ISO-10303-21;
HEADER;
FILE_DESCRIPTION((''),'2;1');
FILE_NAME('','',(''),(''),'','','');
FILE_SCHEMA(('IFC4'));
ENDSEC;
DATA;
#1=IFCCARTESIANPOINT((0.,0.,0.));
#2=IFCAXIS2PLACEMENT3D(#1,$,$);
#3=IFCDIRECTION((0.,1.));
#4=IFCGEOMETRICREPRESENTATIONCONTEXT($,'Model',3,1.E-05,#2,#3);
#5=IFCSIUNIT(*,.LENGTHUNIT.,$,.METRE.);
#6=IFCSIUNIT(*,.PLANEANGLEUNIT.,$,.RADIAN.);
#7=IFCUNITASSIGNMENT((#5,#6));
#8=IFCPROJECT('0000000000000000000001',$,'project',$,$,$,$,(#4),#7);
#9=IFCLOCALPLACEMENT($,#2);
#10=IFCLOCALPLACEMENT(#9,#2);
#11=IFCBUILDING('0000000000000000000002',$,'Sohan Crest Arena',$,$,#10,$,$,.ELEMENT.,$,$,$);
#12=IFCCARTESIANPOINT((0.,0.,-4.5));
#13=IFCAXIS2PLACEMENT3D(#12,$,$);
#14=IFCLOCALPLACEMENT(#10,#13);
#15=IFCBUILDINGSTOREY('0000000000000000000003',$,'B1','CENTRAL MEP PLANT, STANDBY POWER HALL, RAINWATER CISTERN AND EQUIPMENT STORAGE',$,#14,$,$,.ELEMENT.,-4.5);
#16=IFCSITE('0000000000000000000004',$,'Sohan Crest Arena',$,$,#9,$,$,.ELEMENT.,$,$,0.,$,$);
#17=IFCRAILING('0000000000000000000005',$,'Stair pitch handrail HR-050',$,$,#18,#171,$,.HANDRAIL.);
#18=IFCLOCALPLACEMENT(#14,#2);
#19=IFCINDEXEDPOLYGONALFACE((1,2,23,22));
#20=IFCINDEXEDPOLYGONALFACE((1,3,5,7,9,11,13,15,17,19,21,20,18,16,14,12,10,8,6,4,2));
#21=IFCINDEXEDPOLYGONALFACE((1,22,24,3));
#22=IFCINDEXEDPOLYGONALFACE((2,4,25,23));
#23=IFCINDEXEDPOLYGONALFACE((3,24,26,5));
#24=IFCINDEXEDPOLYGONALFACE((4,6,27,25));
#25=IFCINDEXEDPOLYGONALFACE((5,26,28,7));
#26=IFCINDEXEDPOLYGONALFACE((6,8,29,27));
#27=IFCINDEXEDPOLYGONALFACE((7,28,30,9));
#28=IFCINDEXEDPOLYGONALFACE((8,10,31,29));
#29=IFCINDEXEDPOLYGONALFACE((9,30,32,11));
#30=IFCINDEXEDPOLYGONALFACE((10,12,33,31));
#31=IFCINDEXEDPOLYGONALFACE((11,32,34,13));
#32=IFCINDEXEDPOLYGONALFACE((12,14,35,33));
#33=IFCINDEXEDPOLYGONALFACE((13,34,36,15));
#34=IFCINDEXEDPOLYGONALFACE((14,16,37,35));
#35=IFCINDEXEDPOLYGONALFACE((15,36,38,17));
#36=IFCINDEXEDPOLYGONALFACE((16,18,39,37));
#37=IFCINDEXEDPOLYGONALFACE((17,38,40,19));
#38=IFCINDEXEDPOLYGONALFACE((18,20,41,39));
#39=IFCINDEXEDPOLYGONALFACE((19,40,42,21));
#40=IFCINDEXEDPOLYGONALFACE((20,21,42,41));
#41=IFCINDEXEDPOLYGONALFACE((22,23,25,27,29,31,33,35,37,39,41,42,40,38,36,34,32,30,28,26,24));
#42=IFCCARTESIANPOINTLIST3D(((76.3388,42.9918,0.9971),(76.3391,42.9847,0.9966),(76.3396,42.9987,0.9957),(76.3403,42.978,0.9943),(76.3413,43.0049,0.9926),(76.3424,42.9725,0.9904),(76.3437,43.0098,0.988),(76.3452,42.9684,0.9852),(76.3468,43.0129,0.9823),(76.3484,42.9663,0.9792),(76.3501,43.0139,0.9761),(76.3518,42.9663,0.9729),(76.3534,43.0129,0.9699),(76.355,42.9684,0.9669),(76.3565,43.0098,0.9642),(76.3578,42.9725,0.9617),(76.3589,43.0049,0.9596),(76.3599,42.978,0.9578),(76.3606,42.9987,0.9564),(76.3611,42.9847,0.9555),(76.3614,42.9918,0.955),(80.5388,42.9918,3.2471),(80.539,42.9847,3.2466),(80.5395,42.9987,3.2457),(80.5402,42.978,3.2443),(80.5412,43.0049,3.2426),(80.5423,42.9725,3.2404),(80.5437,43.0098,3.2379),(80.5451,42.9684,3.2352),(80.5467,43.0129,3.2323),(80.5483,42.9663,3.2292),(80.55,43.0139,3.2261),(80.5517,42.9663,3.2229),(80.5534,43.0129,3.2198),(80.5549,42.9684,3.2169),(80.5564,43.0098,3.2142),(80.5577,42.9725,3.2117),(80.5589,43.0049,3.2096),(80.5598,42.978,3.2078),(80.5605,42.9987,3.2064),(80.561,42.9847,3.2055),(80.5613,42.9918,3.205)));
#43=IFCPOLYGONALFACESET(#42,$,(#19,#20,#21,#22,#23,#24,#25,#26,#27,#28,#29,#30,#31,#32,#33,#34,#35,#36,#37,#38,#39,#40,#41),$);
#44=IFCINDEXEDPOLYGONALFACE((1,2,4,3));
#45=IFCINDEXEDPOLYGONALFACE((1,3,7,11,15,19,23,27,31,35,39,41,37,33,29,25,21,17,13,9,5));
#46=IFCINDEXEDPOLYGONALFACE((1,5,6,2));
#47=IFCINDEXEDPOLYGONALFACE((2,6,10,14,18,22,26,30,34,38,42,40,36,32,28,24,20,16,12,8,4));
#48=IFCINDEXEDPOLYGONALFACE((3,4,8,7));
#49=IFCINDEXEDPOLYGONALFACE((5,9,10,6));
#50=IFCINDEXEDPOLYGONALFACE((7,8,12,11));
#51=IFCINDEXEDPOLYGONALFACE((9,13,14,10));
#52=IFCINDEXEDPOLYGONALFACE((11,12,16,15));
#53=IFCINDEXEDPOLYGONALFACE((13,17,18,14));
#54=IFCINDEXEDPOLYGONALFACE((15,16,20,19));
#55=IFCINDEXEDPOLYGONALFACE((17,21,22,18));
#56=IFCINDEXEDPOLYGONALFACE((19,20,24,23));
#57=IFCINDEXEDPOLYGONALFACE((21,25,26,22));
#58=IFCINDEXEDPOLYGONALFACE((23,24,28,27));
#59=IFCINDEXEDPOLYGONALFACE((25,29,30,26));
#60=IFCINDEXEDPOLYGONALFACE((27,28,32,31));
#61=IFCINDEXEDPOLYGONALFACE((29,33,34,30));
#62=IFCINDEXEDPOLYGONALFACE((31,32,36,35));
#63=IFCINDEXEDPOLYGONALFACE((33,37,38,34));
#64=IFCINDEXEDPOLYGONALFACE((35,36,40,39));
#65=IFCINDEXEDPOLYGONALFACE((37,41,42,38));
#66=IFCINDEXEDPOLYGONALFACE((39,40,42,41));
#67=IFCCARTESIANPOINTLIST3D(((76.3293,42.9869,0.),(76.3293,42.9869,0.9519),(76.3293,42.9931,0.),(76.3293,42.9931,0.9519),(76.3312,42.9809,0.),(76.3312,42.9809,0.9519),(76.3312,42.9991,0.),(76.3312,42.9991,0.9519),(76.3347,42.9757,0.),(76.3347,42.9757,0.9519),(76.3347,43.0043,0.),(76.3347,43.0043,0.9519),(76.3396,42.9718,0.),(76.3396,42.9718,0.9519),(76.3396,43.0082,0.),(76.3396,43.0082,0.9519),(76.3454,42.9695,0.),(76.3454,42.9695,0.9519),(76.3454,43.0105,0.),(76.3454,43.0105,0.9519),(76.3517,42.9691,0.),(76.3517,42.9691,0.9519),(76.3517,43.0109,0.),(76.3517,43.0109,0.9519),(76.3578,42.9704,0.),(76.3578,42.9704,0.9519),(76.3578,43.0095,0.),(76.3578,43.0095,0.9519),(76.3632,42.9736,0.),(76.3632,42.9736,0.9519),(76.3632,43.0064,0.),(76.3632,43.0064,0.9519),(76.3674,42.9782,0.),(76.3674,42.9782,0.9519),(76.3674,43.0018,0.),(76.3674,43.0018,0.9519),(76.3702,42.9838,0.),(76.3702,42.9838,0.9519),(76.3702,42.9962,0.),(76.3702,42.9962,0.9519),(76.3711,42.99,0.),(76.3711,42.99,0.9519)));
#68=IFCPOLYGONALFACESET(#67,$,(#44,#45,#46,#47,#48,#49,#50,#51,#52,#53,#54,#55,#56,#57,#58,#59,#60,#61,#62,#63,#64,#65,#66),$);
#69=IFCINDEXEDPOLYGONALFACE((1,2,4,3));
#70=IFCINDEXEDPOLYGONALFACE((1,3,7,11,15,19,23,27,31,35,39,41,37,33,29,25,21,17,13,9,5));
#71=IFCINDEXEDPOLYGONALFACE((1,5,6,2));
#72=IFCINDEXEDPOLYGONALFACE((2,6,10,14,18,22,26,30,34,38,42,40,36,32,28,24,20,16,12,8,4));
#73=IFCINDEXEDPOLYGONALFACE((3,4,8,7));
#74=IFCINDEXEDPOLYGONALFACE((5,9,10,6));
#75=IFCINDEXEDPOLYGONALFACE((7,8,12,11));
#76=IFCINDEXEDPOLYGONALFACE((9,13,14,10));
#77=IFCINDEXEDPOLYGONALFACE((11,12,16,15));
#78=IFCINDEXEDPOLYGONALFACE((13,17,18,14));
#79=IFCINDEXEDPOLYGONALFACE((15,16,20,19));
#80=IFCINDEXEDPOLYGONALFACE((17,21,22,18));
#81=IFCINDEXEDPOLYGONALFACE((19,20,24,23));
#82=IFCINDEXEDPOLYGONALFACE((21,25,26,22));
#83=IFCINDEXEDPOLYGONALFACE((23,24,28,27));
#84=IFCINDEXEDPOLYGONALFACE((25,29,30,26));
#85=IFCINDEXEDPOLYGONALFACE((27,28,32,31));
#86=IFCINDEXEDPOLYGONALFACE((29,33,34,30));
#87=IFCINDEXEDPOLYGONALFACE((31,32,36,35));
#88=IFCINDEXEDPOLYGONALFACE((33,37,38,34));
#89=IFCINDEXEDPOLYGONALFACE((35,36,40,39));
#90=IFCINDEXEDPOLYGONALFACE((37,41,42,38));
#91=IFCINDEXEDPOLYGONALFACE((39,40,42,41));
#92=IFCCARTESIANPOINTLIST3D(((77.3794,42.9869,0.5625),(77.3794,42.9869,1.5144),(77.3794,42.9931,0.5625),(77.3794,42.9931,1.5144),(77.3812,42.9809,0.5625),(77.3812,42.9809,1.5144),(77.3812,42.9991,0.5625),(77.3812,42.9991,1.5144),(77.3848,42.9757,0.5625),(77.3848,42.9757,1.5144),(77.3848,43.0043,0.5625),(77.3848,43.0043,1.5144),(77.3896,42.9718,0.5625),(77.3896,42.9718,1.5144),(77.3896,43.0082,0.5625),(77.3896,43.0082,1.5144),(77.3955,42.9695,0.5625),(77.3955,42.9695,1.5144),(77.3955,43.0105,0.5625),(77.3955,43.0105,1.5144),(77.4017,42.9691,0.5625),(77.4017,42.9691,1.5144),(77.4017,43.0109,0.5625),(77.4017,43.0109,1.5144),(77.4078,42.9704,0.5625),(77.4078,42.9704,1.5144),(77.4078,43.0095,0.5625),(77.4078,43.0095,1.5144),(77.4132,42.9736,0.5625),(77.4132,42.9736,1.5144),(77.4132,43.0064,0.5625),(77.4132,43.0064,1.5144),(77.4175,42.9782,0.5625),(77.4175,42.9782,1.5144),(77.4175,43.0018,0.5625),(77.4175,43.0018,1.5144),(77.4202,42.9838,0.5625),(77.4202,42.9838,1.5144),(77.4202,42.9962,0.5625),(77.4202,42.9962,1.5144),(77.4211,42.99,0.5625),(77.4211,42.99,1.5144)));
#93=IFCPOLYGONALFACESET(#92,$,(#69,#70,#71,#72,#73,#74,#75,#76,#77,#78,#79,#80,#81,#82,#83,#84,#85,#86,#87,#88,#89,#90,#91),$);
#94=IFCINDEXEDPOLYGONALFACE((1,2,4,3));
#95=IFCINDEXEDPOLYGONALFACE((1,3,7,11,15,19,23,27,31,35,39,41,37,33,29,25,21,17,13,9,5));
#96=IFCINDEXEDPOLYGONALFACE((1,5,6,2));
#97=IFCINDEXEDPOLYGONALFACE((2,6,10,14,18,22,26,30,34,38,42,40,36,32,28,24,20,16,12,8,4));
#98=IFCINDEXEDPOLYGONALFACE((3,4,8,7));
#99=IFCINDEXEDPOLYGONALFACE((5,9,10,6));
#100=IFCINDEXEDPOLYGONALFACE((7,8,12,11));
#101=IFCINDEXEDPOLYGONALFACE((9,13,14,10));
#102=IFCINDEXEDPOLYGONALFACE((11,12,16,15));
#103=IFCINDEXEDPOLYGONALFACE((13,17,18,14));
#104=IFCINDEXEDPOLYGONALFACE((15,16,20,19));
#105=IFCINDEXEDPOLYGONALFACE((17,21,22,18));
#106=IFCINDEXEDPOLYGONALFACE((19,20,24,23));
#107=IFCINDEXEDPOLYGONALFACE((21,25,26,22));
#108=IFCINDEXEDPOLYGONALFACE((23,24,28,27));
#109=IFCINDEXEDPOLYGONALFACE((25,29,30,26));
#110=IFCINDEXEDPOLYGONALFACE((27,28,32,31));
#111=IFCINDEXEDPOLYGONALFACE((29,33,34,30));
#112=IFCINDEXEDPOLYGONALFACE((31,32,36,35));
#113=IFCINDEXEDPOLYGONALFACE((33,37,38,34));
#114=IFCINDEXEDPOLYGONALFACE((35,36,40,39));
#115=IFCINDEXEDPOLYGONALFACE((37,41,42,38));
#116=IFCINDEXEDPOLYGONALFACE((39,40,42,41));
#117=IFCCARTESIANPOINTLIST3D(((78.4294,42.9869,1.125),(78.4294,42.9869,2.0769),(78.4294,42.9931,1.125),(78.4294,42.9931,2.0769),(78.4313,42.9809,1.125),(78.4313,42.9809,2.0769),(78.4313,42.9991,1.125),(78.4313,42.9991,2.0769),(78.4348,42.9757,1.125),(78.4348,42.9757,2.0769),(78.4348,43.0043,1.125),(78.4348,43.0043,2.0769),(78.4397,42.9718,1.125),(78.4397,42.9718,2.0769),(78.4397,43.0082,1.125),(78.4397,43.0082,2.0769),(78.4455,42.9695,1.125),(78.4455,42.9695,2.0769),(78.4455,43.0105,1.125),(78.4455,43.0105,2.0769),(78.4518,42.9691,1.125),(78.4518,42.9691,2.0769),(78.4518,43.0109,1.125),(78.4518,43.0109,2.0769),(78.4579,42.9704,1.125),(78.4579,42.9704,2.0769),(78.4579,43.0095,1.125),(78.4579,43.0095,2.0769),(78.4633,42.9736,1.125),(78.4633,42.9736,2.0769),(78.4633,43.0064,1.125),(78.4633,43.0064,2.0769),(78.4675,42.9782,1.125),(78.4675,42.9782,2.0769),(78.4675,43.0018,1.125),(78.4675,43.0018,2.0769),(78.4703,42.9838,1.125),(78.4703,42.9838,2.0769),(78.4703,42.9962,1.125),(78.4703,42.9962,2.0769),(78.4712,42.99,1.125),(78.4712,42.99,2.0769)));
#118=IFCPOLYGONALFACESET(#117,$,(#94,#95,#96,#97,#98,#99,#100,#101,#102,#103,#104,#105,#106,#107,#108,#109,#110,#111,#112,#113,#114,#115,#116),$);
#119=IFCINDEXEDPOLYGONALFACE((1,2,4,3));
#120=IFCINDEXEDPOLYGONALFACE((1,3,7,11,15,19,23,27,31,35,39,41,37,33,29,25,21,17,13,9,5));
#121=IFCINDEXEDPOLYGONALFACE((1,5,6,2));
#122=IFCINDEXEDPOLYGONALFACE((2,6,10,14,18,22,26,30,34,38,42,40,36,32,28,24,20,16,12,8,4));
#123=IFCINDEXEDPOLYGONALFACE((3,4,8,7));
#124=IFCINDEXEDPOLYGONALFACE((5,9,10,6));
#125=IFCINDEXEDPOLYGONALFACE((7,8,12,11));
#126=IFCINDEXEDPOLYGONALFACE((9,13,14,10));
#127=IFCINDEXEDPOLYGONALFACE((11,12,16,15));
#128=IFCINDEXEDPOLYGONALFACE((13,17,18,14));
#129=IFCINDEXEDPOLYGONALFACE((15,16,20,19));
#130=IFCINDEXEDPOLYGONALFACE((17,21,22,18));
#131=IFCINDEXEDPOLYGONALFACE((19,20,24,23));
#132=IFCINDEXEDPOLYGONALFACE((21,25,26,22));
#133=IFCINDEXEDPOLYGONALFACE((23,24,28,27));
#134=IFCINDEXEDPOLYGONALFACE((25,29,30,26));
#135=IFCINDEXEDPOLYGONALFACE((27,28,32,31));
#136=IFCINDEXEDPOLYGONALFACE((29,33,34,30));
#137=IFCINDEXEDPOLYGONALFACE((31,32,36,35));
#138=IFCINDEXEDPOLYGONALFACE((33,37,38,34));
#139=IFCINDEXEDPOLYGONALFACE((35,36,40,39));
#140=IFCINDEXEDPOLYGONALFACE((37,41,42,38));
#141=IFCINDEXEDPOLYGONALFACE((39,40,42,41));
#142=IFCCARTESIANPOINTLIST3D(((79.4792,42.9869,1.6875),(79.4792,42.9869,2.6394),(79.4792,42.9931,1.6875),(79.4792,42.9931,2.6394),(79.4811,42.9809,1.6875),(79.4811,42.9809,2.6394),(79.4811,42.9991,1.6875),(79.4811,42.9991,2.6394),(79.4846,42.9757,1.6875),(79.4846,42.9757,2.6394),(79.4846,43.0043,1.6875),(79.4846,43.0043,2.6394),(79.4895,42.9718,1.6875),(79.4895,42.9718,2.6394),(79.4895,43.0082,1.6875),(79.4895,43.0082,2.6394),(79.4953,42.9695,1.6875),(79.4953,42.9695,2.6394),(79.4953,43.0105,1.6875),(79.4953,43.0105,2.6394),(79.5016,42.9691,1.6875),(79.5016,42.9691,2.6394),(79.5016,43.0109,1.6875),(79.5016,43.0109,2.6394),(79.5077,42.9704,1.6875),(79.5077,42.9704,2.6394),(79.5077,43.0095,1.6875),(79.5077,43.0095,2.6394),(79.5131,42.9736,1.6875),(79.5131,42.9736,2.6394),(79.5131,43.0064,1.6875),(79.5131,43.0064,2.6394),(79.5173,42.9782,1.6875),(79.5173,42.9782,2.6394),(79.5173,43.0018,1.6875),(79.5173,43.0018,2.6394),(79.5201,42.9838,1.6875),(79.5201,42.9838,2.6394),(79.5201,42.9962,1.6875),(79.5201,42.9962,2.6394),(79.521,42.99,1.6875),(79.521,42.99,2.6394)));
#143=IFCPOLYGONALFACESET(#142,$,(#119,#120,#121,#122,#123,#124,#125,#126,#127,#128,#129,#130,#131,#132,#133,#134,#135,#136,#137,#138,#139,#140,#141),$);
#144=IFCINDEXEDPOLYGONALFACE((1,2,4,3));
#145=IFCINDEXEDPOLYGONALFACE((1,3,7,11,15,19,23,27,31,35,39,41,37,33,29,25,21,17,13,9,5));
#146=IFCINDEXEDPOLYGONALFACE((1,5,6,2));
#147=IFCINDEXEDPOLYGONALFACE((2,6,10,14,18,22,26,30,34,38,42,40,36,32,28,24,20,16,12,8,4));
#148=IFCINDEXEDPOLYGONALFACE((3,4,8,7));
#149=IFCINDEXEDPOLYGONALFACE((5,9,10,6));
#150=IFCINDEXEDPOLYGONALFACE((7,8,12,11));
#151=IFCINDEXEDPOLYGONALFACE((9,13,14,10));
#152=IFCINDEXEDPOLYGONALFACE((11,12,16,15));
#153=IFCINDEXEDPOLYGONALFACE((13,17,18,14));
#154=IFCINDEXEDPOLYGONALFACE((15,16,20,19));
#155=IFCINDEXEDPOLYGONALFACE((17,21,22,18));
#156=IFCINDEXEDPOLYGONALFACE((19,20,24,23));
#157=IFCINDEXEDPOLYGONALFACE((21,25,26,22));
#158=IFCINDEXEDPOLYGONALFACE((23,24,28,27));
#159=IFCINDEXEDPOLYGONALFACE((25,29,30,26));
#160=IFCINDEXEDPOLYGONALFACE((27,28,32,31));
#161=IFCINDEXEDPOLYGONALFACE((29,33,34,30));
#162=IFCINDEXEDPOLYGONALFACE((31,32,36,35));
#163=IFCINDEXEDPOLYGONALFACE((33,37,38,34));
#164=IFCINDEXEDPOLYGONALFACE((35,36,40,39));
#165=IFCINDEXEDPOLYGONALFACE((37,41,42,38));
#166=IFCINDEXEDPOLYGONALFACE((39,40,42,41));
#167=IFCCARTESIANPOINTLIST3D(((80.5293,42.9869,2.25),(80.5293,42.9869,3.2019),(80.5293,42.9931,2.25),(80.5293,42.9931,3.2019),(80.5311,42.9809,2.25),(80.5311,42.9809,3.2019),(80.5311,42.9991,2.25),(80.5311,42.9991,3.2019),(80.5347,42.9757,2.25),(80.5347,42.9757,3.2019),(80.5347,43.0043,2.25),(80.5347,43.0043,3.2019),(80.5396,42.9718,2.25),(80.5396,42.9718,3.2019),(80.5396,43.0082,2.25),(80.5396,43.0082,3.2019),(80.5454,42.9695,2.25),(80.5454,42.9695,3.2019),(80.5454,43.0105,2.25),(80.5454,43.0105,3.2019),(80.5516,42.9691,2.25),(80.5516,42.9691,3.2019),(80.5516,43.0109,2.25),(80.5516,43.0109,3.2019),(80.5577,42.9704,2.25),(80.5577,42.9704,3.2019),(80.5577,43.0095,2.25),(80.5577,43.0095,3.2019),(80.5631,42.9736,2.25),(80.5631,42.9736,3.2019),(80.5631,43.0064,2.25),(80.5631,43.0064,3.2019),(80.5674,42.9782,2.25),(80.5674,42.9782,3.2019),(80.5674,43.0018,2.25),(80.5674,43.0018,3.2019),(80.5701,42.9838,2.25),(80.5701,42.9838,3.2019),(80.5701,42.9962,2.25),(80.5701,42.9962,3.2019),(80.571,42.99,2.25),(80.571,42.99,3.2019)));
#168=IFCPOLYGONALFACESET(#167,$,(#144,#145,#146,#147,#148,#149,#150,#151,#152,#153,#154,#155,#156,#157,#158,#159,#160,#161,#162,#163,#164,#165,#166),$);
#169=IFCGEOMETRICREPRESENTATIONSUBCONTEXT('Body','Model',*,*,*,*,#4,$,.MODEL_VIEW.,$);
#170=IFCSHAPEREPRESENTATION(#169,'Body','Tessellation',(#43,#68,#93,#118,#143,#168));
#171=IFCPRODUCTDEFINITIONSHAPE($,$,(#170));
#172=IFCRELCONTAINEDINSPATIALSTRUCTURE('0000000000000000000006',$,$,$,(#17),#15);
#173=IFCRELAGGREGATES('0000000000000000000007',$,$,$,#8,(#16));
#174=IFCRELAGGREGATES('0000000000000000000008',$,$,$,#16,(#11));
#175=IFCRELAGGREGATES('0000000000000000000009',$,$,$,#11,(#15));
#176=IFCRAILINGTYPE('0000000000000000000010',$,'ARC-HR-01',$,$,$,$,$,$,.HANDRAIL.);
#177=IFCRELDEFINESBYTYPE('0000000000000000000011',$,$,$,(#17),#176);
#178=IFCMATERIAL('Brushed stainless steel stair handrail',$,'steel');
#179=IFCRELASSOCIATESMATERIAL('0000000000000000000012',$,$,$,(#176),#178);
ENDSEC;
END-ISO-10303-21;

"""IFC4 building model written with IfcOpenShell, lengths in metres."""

from ifc_helpers import new_model, si_unit, direction, frame, origin, origin_2d, place, context, subcontext, project, spatial, circle, extrude, material, type_object, element, save


model = new_model("IFC4")

# Units and contexts
model_context = context("Model", 3, precision=1e-05, world=origin(), true_north=direction((0.0, 1.0)))
body_context = subcontext(model_context, "Body", "Model", "MODEL_VIEW")
ifc_project = project(units=[si_unit("LENGTHUNIT", "METRE"), si_unit("PLANEANGLEUNIT", "RADIAN")], contexts=[model_context])

# Site, building, storey
site_placement = place(None, origin())
site = spatial("IfcSite", under=ifc_project, at=site_placement, Name="Sohan Crest Arena", CompositionType="ELEMENT", RefElevation=0.0)
building_placement = place(site_placement, origin())
building = spatial("IfcBuilding", under=site, at=building_placement, Name="Sohan Crest Arena", CompositionType="ELEMENT")
storey_placement = place(building_placement, frame((0.0, 0.0, -4.5)))
storey = spatial("IfcBuildingStorey", under=building, at=storey_placement, Name="B1", Description="CENTRAL MEP PLANT, STANDBY POWER HALL, RAINWATER CISTERN AND EQUIPMENT STORAGE", CompositionType="ELEMENT", Elevation=-4.5)

# Railing
ifc_material_1 = material(Name="Brushed stainless steel stair handrail", Category="steel")
railing_type_1 = type_object("IfcRailingType", Name="ARC-HR-01", PredefinedType="HANDRAIL", material=ifc_material_1)
for number, where, name in (
    (1, (76.3501, 42.99, 0.0), "Stair pitch handrail HR-050"),
):
    element("IfcRailing", number, at=place(storey_placement, frame(where)), inside=storey, type_object=railing_type_1, Name=name, PredefinedType="HANDRAIL", context=body_context, shape_type="SweptSolid", body=[
        extrude(circle(Radius=0.0239, at=origin_2d()), frame((0.0, 0.0, 0.9761), z_axis=(0.881478, 0.0, 0.472226), x_axis=(0.0, 1.0, 0.0)), (0.0, 0.0, 1.0), 4.7646),
        extrude(circle(Radius=0.021, at=origin_2d()), origin(), (0.0, 0.0, 1.0), 0.9519),
        extrude(circle(Radius=0.021, at=origin_2d()), frame((1.05, 0.0, 0.5625)), (0.0, 0.0, 1.0), 0.9519),
        extrude(circle(Radius=0.021, at=origin_2d()), frame((2.1001, 0.0, 1.125)), (0.0, 0.0, 1.0), 0.9519),
        extrude(circle(Radius=0.021, at=origin_2d()), frame((3.1499, 0.0, 1.6875)), (0.0, 0.0, 1.0), 0.9519),
        extrude(circle(Radius=0.021, at=origin_2d()), frame((4.2, 0.0, 2.25)), (0.0, 0.0, 1.0), 0.9519),
    ])

save(model, "model.ifc")
